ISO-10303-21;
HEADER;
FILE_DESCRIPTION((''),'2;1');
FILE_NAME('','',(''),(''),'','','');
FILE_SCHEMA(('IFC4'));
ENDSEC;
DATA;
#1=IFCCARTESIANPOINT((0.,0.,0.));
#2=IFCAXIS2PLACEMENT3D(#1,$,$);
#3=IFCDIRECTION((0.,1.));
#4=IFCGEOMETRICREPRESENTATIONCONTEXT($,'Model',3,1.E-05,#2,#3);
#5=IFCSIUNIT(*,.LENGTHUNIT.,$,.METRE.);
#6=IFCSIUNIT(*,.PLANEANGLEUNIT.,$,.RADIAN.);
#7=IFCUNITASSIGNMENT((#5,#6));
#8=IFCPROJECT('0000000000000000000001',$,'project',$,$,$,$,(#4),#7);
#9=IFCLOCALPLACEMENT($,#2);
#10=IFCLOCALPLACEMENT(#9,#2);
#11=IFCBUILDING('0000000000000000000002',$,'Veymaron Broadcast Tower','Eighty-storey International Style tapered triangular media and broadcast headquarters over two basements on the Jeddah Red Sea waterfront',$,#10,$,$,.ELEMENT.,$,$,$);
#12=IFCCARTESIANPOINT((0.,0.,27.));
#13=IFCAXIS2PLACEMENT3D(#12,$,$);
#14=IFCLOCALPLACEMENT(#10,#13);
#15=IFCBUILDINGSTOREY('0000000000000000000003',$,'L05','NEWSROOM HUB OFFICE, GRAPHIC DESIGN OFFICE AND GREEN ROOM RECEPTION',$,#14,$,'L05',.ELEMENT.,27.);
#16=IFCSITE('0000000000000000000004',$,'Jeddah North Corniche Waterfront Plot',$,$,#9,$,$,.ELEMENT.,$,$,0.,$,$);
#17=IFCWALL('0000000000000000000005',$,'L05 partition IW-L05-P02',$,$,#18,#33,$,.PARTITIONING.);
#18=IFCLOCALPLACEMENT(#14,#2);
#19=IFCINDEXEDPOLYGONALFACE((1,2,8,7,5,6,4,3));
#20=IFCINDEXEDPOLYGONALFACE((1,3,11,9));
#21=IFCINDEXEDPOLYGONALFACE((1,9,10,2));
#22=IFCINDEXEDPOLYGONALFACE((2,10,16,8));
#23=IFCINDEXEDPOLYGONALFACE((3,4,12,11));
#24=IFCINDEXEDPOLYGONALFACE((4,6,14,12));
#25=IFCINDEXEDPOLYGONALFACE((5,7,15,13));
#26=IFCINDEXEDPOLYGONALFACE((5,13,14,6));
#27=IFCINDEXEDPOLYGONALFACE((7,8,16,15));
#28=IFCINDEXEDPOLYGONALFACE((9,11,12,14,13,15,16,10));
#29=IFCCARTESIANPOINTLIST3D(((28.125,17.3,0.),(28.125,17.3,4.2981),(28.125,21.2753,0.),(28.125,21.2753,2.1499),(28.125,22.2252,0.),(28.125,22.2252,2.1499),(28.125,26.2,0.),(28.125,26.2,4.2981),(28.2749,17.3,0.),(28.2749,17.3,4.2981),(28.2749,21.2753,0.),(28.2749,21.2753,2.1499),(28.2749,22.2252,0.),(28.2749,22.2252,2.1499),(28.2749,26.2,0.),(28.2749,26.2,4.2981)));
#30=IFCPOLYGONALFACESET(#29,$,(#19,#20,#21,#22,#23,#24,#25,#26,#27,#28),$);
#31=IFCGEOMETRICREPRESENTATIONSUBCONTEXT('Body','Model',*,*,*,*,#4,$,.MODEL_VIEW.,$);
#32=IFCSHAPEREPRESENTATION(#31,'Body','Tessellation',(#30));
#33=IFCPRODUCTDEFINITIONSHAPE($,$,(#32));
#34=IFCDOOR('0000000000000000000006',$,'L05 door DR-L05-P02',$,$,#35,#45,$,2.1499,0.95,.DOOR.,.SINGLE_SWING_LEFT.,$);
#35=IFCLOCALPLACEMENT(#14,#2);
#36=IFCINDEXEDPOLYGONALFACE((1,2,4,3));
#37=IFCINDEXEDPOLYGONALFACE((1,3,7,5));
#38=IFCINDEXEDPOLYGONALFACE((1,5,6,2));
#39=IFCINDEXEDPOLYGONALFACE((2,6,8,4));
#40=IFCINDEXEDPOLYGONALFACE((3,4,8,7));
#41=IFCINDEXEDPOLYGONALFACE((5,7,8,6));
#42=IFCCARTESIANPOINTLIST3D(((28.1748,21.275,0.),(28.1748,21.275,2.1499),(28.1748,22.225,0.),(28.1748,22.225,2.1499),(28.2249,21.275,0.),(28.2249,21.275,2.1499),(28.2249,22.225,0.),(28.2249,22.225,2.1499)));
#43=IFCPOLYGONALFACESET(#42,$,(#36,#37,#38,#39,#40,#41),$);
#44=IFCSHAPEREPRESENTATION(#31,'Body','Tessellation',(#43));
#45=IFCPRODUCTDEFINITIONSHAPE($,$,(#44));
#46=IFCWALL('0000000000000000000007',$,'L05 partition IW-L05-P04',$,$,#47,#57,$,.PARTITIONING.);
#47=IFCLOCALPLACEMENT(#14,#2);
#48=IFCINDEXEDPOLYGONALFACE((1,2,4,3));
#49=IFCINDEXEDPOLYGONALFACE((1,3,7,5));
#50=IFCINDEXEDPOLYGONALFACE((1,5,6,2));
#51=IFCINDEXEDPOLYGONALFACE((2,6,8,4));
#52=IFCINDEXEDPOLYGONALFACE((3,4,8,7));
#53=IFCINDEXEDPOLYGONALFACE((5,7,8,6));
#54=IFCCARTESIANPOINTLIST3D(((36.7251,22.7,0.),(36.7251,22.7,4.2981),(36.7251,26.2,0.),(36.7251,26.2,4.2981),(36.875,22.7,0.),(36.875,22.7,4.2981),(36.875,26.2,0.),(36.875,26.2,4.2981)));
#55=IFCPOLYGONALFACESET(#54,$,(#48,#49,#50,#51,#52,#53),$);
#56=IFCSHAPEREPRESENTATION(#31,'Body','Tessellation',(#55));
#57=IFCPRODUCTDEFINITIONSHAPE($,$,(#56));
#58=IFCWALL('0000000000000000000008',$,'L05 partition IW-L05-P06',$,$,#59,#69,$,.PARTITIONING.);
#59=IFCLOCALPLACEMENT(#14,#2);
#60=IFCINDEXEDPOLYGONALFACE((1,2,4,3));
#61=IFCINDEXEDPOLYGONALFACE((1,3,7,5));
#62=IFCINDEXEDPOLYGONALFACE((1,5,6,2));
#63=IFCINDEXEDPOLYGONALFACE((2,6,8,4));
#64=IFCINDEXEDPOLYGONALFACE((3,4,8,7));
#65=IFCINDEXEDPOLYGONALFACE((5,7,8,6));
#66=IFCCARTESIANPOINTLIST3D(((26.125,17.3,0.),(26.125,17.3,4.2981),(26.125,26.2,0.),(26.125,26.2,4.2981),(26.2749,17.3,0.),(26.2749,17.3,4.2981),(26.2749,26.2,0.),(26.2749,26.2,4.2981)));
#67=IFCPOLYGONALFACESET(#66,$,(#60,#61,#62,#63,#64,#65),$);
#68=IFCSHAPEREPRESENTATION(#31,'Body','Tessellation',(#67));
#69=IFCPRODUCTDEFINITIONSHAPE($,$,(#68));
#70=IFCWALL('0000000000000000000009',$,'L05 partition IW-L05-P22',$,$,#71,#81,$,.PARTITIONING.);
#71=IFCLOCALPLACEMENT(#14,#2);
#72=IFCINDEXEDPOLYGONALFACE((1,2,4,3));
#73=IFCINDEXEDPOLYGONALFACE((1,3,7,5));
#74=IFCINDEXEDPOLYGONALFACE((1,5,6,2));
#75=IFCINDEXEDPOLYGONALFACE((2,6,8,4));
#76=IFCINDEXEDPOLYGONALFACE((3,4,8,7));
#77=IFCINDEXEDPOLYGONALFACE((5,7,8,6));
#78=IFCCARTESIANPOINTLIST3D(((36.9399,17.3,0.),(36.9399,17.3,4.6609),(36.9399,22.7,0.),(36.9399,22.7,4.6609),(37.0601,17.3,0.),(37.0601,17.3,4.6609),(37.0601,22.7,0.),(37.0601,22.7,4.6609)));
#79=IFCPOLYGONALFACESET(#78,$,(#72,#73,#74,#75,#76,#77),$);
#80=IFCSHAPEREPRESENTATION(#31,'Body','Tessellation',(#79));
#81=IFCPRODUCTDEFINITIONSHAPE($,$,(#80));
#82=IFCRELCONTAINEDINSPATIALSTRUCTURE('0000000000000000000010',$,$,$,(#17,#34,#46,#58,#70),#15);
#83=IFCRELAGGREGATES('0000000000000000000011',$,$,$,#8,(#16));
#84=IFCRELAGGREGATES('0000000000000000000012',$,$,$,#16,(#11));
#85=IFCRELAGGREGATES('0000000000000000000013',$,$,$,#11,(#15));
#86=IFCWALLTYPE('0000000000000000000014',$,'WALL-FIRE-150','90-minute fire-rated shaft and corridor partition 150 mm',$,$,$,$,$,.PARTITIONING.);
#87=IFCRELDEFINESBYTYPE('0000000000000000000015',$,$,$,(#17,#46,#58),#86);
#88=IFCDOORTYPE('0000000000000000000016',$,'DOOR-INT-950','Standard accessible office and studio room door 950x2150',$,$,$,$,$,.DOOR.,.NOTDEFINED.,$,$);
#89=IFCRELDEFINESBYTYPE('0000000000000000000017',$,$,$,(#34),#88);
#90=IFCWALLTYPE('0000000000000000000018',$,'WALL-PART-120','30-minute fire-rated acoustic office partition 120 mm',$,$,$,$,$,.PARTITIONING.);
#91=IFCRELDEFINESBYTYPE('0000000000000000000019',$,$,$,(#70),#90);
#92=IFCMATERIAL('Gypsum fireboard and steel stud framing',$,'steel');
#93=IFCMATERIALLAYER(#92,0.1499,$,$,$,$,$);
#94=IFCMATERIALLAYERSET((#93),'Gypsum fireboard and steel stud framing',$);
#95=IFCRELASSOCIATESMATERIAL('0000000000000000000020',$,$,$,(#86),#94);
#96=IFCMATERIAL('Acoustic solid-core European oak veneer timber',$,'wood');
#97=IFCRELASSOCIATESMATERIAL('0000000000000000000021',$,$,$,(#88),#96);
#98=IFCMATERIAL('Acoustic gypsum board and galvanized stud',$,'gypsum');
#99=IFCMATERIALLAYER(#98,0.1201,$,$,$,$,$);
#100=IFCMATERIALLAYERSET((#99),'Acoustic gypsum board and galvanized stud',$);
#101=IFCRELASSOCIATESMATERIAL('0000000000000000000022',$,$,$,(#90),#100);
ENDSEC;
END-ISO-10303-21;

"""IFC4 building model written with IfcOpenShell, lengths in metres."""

from ifc_helpers import new_model, si_unit, direction, frame, frame_2d, origin, place, context, subcontext, project, spatial, rectangle, extrude, material, layer, layer_set, type_object, element, fill, save


model = new_model("IFC4")

# Units and contexts
model_context = context("Model", 3, precision=1e-05, world=origin(), true_north=direction((0.0, 1.0)))
body_context = subcontext(model_context, "Body", "Model", "MODEL_VIEW")
ifc_project = project(units=[si_unit("LENGTHUNIT", "METRE"), si_unit("PLANEANGLEUNIT", "RADIAN")], contexts=[model_context])

# Site, building, storey
site_placement = place(None, origin())
site = spatial("IfcSite", under=ifc_project, at=site_placement, Name="Jeddah North Corniche Waterfront Plot", CompositionType="ELEMENT", RefElevation=0.0)
building_placement = place(site_placement, origin())
building = spatial("IfcBuilding", under=site, at=building_placement, Name="Veymaron Broadcast Tower", Description="Eighty-storey International Style tapered triangular media and broadcast headquarters over two basements on the Jeddah Red Sea waterfront", CompositionType="ELEMENT")
storey_placement = place(building_placement, frame((0.0, 0.0, 27.0)))
storey = spatial("IfcBuildingStorey", under=building, at=storey_placement, Name="L05", Description="NEWSROOM HUB OFFICE, GRAPHIC DESIGN OFFICE AND GREEN ROOM RECEPTION", LongName="L05", CompositionType="ELEMENT", Elevation=27.0)

# Wall, opening, door
ifc_material_1 = material(Name="Gypsum fireboard and steel stud framing", Category="steel")
ifc_layer_1 = layer(ifc_material_1, 0.1499)
ifc_layer_set_1 = layer_set([ifc_layer_1], Name="Gypsum fireboard and steel stud framing")
wall_type_1 = type_object("IfcWallType", Name="WALL-FIRE-150", Description="90-minute fire-rated shaft and corridor partition 150 mm", PredefinedType="PARTITIONING", material=ifc_layer_set_1)
ifc_material_2 = material(Name="Acoustic solid-core European oak veneer timber", Category="wood")
door_type = type_object("IfcDoorType", Name="DOOR-INT-950", Description="Standard accessible office and studio room door 950x2150", OperationType="NOTDEFINED", PredefinedType="DOOR", material=ifc_material_2)
wall_1_placement = place(storey_placement, frame((28.2, 17.3, 0.0), z_axis=(0.0, 0.0, 1.0), x_axis=(0.0, 1.0, 0.0)))
wall_1 = element("IfcWall", 1, at=wall_1_placement, inside=storey, type_object=wall_type_1, Name="L05 partition IW-L05-P02", PredefinedType="PARTITIONING", context=body_context, shape_type="SweptSolid", body=[
    extrude(rectangle(XDim=8.8999, YDim=0.1499, at=frame_2d((4.45, 0.0))), origin(), (0.0, 0.0, 1.0), 4.2981),
])
opening_1_placement = place(wall_1_placement, frame((3.9751, 0.0, 0.0)))
opening_1 = element("IfcOpeningElement", 2, at=opening_1_placement, cuts=wall_1, PredefinedType="OPENING", context=body_context, shape_type="SweptSolid", body=[
    extrude(rectangle(XDim=0.95, YDim=2.1499, at=frame_2d((0.4751, 1.075))), frame((0.0, 0.085, 0.0), z_axis=(0.0, -1.0, 0.0), x_axis=(1.0, 0.0, 0.0)), (0.0, 0.0, 1.0), 0.1699),
])
door_1_placement = place(opening_1_placement, frame((0.95, 0.0, 0.0), z_axis=(0.0, 0.0, 1.0), x_axis=(-1.0, 0.0, 0.0)))
door_1 = element("IfcDoor", 3, at=door_1_placement, inside=storey, type_object=door_type, Name="L05 door DR-L05-P02", OperationType="SINGLE_SWING_LEFT", OverallHeight=2.1499, OverallWidth=0.95, PredefinedType="DOOR", context=body_context, shape_type="SweptSolid", body=[
    extrude(rectangle(XDim=0.95, YDim=2.1499, at=frame_2d((0.4751, 1.075))), frame((0.0, 0.0249, 0.0), z_axis=(0.0, -1.0, 0.0), x_axis=(1.0, 0.0, 0.0)), (0.0, 0.0, 1.0), 0.05),
])
fill(opening_1, door_1)

# Walls
wall_2_placement = place(storey_placement, frame((36.8, 22.7, 0.0), z_axis=(0.0, 0.0, 1.0), x_axis=(0.0, 1.0, 0.0)))
element("IfcWall", 4, at=wall_2_placement, inside=storey, type_object=wall_type_1, Name="L05 partition IW-L05-P04", PredefinedType="PARTITIONING", context=body_context, shape_type="SweptSolid", body=[
    extrude(rectangle(XDim=3.5, YDim=0.1499, at=frame_2d((1.75, 0.0))), origin(), (0.0, 0.0, 1.0), 4.2981),
])
wall_3_placement = place(storey_placement, frame((26.2, 17.3, 0.0), z_axis=(0.0, 0.0, 1.0), x_axis=(0.0, 1.0, 0.0)))
element("IfcWall", 5, at=wall_3_placement, inside=storey, type_object=wall_type_1, Name="L05 partition IW-L05-P06", PredefinedType="PARTITIONING", context=body_context, shape_type="SweptSolid", body=[
    extrude(rectangle(XDim=8.8999, YDim=0.1499, at=frame_2d((4.45, 0.0))), origin(), (0.0, 0.0, 1.0), 4.2981),
])
ifc_material_3 = material(Name="Acoustic gypsum board and galvanized stud", Category="gypsum")
ifc_layer_2 = layer(ifc_material_3, 0.1201)
ifc_layer_set_2 = layer_set([ifc_layer_2], Name="Acoustic gypsum board and galvanized stud")
wall_type_2 = type_object("IfcWallType", Name="WALL-PART-120", Description="30-minute fire-rated acoustic office partition 120 mm", PredefinedType="PARTITIONING", material=ifc_layer_set_2)
wall_4_placement = place(storey_placement, frame((37.0, 17.3, 0.0), z_axis=(0.0, 0.0, 1.0), x_axis=(0.0, 1.0, 0.0)))
element("IfcWall", 6, at=wall_4_placement, inside=storey, type_object=wall_type_2, Name="L05 partition IW-L05-P22", PredefinedType="PARTITIONING", context=body_context, shape_type="SweptSolid", body=[
    extrude(rectangle(XDim=5.3999, YDim=0.1201, at=frame_2d((2.7, 0.0))), origin(), (0.0, 0.0, 1.0), 4.6609),
])

save(model, "model.ifc")
